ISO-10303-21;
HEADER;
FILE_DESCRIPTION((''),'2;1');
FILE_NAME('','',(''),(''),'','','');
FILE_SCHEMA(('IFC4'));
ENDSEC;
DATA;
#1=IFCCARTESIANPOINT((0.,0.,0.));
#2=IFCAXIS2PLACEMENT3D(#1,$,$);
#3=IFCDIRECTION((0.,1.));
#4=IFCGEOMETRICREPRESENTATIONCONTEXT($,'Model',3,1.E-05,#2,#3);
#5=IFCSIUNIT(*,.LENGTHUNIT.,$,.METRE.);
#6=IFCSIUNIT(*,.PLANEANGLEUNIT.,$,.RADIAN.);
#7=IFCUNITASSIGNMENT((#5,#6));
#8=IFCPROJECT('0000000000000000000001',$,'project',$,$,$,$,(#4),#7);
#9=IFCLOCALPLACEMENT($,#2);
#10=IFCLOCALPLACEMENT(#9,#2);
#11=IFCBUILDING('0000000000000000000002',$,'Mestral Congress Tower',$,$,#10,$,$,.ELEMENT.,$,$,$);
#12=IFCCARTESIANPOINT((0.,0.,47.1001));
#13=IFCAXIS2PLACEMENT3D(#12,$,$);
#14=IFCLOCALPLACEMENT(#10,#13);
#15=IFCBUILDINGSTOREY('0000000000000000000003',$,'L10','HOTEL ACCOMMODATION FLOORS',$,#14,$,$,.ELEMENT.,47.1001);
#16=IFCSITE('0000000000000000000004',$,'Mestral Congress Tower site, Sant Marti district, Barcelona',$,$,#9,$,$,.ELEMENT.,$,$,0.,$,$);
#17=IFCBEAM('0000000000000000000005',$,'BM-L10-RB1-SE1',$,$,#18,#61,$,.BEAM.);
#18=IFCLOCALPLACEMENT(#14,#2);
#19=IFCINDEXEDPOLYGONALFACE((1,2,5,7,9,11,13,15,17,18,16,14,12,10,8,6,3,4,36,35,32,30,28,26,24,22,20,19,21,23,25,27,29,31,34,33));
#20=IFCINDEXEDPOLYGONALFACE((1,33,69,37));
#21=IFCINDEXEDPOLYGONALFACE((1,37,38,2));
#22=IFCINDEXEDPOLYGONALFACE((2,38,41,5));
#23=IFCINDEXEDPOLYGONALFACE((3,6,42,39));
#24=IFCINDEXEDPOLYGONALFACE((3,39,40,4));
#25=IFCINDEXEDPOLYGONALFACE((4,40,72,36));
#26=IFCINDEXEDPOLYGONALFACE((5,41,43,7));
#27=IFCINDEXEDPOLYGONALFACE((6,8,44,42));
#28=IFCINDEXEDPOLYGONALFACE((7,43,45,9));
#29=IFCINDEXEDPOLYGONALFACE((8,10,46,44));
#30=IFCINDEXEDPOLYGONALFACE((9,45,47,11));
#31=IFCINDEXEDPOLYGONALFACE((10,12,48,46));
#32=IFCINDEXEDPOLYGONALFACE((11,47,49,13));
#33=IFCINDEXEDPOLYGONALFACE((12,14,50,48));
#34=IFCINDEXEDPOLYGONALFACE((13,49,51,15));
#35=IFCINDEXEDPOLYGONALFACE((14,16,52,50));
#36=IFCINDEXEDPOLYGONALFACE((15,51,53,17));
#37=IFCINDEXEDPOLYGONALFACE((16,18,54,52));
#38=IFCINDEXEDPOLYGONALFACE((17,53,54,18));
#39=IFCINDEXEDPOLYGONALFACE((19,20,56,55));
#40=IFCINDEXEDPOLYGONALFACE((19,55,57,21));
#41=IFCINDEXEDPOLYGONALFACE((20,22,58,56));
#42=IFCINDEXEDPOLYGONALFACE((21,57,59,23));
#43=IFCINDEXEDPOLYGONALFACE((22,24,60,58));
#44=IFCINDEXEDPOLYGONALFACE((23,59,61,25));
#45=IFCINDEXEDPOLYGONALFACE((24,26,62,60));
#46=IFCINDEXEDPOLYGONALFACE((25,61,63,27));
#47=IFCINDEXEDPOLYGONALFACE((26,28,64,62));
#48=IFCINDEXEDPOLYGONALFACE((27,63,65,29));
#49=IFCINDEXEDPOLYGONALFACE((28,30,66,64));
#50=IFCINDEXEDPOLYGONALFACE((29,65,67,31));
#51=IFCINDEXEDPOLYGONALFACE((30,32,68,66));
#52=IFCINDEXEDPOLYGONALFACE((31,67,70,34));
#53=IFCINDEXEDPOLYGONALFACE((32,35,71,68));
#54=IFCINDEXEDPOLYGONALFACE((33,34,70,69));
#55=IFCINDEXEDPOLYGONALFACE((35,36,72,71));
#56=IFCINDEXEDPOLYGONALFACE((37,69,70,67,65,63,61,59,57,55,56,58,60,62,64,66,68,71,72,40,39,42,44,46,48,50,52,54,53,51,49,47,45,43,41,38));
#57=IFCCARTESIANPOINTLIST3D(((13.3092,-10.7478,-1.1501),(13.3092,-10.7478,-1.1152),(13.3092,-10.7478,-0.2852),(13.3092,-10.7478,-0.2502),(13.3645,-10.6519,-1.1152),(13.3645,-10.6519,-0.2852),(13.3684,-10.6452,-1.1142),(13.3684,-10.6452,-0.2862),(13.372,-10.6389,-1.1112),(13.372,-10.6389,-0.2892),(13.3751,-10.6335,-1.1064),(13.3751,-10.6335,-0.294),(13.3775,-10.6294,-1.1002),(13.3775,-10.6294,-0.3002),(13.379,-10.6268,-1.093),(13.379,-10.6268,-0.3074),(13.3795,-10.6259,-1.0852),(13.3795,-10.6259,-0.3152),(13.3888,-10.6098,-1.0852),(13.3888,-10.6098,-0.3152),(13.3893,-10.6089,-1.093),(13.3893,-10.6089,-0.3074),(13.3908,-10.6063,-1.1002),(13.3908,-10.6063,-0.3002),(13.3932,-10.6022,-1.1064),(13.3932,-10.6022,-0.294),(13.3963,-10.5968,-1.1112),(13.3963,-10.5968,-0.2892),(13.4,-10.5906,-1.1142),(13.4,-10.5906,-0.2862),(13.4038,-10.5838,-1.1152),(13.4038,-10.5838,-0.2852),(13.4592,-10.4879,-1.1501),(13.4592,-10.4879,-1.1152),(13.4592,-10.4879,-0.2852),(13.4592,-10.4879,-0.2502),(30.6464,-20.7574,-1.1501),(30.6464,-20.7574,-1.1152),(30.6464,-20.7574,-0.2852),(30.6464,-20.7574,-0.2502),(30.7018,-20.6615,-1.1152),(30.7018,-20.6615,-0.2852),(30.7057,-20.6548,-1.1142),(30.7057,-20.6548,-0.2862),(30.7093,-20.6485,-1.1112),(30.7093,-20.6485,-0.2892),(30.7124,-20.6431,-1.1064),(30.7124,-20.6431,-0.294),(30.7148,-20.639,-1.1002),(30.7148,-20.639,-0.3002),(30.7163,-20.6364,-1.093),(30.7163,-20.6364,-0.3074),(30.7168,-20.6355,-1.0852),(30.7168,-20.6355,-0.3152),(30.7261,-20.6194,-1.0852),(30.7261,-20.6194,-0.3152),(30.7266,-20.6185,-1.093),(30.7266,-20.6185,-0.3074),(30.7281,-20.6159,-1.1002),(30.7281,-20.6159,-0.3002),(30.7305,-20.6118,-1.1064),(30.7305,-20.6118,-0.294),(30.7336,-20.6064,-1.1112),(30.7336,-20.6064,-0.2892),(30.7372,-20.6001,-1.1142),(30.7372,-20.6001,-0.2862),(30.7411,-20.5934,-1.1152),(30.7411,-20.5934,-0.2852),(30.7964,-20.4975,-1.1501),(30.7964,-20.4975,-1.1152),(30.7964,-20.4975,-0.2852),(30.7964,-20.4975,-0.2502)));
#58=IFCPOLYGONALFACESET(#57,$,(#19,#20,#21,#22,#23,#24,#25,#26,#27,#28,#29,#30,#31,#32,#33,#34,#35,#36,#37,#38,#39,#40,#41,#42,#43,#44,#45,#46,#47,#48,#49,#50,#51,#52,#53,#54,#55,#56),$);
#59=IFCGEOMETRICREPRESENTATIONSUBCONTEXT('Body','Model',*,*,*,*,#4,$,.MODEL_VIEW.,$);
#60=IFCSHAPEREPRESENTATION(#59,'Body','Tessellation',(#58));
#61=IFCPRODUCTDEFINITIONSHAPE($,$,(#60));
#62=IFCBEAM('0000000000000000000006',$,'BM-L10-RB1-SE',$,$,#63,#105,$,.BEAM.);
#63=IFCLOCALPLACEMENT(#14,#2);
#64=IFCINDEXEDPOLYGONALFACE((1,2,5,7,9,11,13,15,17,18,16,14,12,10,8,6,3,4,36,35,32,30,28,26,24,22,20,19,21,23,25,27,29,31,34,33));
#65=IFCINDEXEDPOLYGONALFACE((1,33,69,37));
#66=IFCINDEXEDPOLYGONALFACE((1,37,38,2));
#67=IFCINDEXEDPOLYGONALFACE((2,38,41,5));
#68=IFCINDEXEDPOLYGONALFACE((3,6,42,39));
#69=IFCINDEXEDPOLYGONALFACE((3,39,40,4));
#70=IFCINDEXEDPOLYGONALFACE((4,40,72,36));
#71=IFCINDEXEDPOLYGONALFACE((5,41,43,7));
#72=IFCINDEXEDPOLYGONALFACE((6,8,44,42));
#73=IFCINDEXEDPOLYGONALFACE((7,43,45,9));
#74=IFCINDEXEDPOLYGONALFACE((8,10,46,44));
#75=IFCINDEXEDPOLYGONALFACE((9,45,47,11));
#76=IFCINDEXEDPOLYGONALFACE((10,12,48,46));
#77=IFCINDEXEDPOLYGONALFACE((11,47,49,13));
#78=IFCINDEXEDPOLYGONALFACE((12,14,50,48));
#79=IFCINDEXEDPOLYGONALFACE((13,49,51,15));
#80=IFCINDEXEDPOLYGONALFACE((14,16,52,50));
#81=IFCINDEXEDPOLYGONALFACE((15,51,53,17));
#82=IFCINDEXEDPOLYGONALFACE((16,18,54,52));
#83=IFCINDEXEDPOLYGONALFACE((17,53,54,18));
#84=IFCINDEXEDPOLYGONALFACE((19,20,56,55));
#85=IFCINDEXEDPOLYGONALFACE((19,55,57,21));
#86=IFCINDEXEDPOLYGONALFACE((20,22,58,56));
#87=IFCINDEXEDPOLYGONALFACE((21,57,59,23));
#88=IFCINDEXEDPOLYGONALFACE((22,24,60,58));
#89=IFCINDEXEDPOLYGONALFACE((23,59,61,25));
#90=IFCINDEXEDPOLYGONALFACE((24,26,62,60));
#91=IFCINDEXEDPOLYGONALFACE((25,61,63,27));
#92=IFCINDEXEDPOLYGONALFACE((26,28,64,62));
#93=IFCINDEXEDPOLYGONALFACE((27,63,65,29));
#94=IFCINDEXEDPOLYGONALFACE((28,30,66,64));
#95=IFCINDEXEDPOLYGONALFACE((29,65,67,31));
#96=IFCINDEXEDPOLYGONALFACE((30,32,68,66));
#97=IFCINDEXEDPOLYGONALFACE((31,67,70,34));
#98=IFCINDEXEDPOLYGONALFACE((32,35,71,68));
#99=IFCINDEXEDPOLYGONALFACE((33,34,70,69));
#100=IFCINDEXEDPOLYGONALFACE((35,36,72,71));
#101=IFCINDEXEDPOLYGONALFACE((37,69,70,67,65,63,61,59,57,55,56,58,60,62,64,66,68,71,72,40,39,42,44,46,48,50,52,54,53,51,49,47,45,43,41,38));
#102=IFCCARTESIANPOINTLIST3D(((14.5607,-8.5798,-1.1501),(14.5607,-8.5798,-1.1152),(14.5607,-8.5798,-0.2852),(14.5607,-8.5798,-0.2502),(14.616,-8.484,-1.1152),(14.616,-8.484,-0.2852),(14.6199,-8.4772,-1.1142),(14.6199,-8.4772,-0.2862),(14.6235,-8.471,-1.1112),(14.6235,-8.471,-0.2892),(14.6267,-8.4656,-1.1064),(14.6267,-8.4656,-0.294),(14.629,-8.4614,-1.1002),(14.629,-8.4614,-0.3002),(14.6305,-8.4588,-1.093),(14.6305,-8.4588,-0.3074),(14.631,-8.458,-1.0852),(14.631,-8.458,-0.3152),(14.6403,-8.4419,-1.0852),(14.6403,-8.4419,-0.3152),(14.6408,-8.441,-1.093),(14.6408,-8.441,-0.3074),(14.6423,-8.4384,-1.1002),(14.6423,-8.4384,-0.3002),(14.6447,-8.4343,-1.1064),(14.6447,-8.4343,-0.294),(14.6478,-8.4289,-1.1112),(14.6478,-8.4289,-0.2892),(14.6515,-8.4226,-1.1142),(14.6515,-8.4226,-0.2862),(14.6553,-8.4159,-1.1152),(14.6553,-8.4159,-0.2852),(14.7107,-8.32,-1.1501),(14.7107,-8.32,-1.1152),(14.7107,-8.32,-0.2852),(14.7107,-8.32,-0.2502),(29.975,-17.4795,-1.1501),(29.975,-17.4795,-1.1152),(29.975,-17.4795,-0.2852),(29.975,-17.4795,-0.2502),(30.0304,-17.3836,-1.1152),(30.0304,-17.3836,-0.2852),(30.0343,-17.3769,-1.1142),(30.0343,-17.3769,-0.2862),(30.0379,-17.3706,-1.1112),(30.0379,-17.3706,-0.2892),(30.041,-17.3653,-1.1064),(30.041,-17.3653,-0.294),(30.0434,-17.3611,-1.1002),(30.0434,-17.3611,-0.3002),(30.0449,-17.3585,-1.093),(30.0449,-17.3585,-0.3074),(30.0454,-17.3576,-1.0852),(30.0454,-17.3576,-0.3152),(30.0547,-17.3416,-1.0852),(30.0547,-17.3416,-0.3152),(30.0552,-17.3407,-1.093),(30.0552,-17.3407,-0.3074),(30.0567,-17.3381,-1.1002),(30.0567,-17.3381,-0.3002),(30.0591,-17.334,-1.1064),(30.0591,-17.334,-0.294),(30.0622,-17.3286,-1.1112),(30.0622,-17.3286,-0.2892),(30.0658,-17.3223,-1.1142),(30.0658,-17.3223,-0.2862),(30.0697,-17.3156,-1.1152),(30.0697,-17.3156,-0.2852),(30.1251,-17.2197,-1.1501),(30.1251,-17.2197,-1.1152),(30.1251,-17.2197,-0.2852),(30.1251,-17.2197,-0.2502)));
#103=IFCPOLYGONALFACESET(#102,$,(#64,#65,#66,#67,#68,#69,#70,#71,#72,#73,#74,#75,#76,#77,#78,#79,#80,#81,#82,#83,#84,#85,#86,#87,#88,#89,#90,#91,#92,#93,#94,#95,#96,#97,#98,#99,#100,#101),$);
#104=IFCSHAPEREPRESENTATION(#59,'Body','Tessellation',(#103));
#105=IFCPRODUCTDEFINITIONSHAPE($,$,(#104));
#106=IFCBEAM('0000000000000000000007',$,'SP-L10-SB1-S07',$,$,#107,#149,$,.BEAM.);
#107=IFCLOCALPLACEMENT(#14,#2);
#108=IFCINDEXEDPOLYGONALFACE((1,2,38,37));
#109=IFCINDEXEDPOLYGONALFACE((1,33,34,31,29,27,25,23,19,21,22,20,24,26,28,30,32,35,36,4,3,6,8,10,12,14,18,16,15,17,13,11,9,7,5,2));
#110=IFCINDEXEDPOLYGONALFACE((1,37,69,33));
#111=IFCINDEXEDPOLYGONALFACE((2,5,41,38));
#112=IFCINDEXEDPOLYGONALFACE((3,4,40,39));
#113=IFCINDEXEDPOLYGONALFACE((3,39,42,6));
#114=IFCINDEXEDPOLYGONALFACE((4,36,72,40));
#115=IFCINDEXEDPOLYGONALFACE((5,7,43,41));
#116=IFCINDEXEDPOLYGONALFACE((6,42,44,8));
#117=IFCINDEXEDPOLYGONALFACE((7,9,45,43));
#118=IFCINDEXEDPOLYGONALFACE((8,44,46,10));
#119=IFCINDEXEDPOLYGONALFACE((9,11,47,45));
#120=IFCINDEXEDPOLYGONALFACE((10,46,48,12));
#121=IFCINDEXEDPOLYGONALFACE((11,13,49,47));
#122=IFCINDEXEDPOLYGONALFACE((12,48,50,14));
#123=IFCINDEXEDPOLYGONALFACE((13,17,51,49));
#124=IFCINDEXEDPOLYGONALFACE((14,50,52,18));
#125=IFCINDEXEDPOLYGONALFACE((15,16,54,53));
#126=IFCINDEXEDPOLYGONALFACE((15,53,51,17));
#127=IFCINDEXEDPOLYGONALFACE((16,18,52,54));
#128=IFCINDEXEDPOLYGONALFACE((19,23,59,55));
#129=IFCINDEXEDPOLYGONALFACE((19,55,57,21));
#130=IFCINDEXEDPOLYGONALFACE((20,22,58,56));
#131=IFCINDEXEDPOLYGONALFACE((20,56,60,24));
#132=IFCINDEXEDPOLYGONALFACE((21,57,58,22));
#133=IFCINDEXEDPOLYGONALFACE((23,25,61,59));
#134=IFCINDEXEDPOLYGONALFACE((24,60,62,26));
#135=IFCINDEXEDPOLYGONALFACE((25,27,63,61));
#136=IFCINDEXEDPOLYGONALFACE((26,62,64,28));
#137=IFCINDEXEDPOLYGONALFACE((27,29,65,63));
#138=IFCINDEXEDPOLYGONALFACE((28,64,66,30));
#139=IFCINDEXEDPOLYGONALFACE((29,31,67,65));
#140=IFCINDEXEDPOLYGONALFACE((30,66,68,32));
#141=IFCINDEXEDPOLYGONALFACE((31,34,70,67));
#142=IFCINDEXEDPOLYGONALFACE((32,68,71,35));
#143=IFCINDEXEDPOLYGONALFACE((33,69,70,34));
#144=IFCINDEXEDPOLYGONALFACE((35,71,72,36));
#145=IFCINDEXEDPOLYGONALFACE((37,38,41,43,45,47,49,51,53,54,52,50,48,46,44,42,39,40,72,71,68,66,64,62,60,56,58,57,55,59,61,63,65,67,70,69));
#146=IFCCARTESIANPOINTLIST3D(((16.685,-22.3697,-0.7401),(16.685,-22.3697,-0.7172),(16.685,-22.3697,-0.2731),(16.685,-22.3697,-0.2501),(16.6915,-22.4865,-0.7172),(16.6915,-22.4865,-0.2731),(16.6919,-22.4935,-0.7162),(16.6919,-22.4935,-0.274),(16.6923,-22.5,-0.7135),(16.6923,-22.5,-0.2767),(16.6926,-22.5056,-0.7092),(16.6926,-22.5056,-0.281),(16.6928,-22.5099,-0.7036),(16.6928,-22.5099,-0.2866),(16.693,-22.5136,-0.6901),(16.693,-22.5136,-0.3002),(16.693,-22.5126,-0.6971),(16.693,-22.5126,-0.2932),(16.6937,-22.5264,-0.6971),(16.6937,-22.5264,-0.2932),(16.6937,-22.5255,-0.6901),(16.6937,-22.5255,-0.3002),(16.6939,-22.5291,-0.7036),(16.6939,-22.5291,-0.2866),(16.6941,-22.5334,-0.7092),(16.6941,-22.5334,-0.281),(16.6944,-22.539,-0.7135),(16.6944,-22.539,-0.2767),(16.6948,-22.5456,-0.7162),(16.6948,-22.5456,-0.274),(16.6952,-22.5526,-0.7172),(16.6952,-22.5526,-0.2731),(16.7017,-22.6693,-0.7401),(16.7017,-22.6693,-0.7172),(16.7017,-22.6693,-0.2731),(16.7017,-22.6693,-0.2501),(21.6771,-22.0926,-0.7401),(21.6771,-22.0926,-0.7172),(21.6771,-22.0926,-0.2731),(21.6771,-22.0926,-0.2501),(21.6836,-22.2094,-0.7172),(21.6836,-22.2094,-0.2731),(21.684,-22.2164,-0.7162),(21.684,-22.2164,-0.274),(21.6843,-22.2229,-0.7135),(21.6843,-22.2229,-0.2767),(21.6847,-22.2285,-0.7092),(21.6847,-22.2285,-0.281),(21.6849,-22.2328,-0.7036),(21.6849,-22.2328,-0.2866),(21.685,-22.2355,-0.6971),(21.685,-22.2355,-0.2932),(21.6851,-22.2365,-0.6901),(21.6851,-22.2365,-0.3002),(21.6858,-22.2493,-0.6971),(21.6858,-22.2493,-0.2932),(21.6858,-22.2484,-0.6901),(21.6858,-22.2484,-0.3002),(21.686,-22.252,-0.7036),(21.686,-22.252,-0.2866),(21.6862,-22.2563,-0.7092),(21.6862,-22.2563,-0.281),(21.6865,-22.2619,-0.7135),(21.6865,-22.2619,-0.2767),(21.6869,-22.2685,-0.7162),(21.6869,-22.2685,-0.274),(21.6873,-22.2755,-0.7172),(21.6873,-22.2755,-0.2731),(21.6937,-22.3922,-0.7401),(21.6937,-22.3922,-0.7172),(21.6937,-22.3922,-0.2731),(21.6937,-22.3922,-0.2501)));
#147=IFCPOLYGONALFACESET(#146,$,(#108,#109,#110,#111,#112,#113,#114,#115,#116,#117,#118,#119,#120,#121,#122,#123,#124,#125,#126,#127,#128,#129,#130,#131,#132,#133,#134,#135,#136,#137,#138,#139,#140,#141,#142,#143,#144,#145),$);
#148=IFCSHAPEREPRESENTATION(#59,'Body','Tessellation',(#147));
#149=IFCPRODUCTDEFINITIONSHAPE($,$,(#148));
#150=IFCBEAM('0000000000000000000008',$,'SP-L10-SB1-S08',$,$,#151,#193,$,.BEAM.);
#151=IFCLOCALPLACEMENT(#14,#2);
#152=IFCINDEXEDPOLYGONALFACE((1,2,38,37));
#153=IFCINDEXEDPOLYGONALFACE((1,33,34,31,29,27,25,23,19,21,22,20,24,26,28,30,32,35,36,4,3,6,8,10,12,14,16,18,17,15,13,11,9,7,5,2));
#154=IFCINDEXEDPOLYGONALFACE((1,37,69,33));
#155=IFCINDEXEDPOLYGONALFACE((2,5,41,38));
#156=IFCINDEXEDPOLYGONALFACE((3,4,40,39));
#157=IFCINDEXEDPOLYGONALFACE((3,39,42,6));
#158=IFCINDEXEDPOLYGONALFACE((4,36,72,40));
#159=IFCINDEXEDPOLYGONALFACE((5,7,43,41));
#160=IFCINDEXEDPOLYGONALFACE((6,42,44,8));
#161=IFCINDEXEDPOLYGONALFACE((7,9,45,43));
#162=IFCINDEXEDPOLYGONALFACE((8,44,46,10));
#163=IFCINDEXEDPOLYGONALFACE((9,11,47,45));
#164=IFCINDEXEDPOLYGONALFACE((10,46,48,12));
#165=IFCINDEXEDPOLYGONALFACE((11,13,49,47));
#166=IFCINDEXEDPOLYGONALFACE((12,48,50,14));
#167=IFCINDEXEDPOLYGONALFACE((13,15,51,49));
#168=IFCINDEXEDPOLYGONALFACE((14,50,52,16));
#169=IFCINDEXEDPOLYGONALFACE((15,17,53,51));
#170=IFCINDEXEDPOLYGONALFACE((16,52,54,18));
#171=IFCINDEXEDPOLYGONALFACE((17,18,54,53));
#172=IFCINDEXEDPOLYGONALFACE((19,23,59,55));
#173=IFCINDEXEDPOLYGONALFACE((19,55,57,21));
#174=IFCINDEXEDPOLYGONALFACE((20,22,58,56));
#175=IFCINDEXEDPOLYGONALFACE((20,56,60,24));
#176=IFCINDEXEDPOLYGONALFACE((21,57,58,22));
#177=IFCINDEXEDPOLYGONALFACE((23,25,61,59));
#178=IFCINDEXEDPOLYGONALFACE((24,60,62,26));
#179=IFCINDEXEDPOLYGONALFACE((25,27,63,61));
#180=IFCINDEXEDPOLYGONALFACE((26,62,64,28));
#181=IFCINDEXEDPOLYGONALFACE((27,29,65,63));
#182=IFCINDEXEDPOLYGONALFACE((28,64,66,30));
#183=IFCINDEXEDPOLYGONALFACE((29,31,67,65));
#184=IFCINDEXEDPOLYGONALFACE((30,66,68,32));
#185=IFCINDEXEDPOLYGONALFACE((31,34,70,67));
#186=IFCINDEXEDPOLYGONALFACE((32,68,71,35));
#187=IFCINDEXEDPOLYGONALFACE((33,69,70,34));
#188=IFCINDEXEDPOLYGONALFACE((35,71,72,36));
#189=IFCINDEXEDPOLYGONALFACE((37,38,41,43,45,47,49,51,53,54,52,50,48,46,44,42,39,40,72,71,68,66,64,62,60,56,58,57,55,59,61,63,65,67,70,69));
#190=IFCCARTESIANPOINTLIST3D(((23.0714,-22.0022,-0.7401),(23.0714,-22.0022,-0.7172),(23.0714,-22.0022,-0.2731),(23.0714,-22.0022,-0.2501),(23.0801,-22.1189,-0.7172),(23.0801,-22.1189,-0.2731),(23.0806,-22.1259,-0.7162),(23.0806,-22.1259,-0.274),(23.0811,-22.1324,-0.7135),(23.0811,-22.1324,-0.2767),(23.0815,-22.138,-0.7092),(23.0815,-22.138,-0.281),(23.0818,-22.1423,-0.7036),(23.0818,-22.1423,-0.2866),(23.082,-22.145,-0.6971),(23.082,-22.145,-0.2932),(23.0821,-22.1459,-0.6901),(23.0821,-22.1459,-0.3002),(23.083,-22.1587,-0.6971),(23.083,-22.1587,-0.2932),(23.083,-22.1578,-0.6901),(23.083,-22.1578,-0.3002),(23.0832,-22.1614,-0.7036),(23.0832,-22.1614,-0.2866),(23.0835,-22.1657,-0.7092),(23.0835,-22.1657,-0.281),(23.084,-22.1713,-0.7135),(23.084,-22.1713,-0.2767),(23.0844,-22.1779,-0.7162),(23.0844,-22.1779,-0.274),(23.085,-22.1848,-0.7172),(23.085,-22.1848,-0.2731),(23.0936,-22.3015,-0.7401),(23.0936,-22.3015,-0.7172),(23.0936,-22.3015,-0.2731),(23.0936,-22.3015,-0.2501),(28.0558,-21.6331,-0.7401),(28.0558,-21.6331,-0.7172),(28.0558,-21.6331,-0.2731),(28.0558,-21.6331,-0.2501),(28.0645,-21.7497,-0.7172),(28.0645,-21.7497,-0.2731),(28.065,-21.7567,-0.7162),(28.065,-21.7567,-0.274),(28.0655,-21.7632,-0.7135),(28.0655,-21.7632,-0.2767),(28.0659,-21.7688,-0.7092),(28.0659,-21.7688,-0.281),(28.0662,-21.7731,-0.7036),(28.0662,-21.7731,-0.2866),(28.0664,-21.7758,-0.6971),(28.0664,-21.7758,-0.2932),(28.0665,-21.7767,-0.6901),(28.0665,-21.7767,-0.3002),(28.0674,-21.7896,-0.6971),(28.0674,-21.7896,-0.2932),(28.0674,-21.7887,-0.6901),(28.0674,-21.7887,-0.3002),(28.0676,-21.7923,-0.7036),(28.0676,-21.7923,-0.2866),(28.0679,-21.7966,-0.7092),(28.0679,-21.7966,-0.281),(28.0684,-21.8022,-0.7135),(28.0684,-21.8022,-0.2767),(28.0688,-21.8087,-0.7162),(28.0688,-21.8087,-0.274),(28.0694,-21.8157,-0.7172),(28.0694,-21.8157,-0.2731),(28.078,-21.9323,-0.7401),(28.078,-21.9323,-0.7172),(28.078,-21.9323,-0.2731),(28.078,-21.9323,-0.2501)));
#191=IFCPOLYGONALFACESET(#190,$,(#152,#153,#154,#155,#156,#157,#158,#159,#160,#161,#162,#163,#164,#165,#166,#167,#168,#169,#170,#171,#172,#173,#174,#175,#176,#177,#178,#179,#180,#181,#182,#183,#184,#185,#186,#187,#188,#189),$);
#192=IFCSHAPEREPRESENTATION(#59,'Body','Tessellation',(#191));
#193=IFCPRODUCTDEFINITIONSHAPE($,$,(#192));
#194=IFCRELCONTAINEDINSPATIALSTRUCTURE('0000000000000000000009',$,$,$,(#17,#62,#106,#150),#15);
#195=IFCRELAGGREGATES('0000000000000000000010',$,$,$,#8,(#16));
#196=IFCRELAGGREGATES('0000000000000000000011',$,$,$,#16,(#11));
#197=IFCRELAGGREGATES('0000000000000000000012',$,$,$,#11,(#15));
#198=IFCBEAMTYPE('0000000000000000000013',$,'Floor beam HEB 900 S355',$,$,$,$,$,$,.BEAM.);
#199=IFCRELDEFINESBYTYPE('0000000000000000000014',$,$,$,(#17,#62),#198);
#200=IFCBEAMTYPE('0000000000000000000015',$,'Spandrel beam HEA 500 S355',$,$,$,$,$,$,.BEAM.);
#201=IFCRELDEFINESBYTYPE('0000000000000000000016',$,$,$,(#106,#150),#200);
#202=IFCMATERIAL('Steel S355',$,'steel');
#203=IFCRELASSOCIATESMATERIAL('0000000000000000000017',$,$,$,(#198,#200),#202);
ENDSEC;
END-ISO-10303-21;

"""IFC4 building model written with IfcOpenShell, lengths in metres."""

from ifc_helpers import new_model, si_unit, direction, frame, origin, origin_2d, place, context, subcontext, project, spatial, i_section, extrude, material, material_profile, profile_set, type_object, element, save


model = new_model("IFC4")

# Units and contexts
model_context = context("Model", 3, precision=1e-05, world=origin(), true_north=direction((0.0, 1.0)))
body_context = subcontext(model_context, "Body", "Model", "MODEL_VIEW")
ifc_project = project(units=[si_unit("LENGTHUNIT", "METRE"), si_unit("PLANEANGLEUNIT", "RADIAN")], contexts=[model_context])

# Site, building, storey
site_placement = place(None, origin())
site = spatial("IfcSite", under=ifc_project, at=site_placement, Name="Mestral Congress Tower site, Sant Marti district, Barcelona", CompositionType="ELEMENT", RefElevation=0.0)
building_placement = place(site_placement, origin())
building = spatial("IfcBuilding", under=site, at=building_placement, Name="Mestral Congress Tower", CompositionType="ELEMENT")
storey_placement = place(building_placement, frame((0.0, 0.0, 47.1001)))
storey = spatial("IfcBuildingStorey", under=building, at=storey_placement, Name="L10", Description="HOTEL ACCOMMODATION FLOORS", CompositionType="ELEMENT", Elevation=47.1001)

# Beams
ifc_material_1 = material(Name="Steel S355", Category="steel")
ifc_material_profile_1 = material_profile(ifc_material_1, i_section(OverallWidth=0.3, OverallDepth=0.8999, WebThickness=0.0186, FlangeThickness=0.0349, FilletRadius=0.03, at=origin_2d()), Name="HEB 900")
ifc_profile_set_1 = profile_set([ifc_material_profile_1], Name="Steel S355")
beam_type_1 = type_object("IfcBeamType", Name="Floor beam HEB 900 S355", PredefinedType="BEAM", material=ifc_profile_set_1)
beam_1_placement = place(storey_placement, frame((30.7214, -20.6274, -0.7002), z_axis=(-0.866027, 0.499997, 0.0), x_axis=(-0.499997, -0.866027, 0.0)))
element("IfcBeam", 1, at=beam_1_placement, inside=storey, type_object=beam_type_1, Name="BM-L10-RB1-SE1", PredefinedType="BEAM", context=body_context, shape_type="SweptSolid", body=[
    extrude(i_section(OverallWidth=0.3, OverallDepth=0.8999, WebThickness=0.0186, FlangeThickness=0.0349, FilletRadius=0.03, at=origin_2d()), origin(), (0.0, 0.0, 1.0), 20.0193),
])
beam_2_placement = place(storey_placement, frame((30.05, -17.3496, -0.7002), z_axis=(-0.86602, 0.500009, 0.0), x_axis=(-0.500009, -0.86602, 0.0)))
element("IfcBeam", 2, at=beam_2_placement, inside=storey, type_object=beam_type_1, Name="BM-L10-RB1-SE", PredefinedType="BEAM", context=body_context, shape_type="SweptSolid", body=[
    extrude(i_section(OverallWidth=0.3, OverallDepth=0.8999, WebThickness=0.0186, FlangeThickness=0.0349, FilletRadius=0.03, at=origin_2d()), origin(), (0.0, 0.0, 1.0), 17.7991),
])
ifc_material_profile_2 = material_profile(ifc_material_1, i_section(OverallWidth=0.3, OverallDepth=0.49, WebThickness=0.012, FlangeThickness=0.0229, FilletRadius=0.0271, at=origin_2d()), Name="HEA 500")
ifc_profile_set_2 = profile_set([ifc_material_profile_2], Name="Steel S355")
beam_type_2 = type_object("IfcBeamType", Name="Spandrel beam HEA 500 S355", PredefinedType="BEAM", material=ifc_profile_set_2)
beam_3_placement = place(storey_placement, frame((16.6934, -22.5195, -0.4951), z_axis=(0.998463, 0.055421, 0.0), x_axis=(-0.055421, 0.998463, 0.0)))
element("IfcBeam", 3, at=beam_3_placement, inside=storey, type_object=beam_type_2, Name="SP-L10-SB1-S07", PredefinedType="BEAM", context=body_context, shape_type="SweptSolid", body=[
    extrude(i_section(OverallWidth=0.3, OverallDepth=0.49, WebThickness=0.012, FlangeThickness=0.0229, FilletRadius=0.0271, at=origin_2d()), origin(), (0.0, 0.0, 1.0), 4.9998),
])
beam_4_placement = place(storey_placement, frame((23.0825, -22.1519, -0.4951), z_axis=(0.997269, 0.073857, 0.0), x_axis=(-0.073857, 0.997269, 0.0)))
element("IfcBeam", 4, at=beam_4_placement, inside=storey, type_object=beam_type_2, Name="SP-L10-SB1-S08", PredefinedType="BEAM", context=body_context, shape_type="SweptSolid", body=[
    extrude(i_section(OverallWidth=0.3, OverallDepth=0.49, WebThickness=0.012, FlangeThickness=0.0229, FilletRadius=0.0271, at=origin_2d()), origin(), (0.0, 0.0, 1.0), 4.998),
])

save(model, "model.ifc")
